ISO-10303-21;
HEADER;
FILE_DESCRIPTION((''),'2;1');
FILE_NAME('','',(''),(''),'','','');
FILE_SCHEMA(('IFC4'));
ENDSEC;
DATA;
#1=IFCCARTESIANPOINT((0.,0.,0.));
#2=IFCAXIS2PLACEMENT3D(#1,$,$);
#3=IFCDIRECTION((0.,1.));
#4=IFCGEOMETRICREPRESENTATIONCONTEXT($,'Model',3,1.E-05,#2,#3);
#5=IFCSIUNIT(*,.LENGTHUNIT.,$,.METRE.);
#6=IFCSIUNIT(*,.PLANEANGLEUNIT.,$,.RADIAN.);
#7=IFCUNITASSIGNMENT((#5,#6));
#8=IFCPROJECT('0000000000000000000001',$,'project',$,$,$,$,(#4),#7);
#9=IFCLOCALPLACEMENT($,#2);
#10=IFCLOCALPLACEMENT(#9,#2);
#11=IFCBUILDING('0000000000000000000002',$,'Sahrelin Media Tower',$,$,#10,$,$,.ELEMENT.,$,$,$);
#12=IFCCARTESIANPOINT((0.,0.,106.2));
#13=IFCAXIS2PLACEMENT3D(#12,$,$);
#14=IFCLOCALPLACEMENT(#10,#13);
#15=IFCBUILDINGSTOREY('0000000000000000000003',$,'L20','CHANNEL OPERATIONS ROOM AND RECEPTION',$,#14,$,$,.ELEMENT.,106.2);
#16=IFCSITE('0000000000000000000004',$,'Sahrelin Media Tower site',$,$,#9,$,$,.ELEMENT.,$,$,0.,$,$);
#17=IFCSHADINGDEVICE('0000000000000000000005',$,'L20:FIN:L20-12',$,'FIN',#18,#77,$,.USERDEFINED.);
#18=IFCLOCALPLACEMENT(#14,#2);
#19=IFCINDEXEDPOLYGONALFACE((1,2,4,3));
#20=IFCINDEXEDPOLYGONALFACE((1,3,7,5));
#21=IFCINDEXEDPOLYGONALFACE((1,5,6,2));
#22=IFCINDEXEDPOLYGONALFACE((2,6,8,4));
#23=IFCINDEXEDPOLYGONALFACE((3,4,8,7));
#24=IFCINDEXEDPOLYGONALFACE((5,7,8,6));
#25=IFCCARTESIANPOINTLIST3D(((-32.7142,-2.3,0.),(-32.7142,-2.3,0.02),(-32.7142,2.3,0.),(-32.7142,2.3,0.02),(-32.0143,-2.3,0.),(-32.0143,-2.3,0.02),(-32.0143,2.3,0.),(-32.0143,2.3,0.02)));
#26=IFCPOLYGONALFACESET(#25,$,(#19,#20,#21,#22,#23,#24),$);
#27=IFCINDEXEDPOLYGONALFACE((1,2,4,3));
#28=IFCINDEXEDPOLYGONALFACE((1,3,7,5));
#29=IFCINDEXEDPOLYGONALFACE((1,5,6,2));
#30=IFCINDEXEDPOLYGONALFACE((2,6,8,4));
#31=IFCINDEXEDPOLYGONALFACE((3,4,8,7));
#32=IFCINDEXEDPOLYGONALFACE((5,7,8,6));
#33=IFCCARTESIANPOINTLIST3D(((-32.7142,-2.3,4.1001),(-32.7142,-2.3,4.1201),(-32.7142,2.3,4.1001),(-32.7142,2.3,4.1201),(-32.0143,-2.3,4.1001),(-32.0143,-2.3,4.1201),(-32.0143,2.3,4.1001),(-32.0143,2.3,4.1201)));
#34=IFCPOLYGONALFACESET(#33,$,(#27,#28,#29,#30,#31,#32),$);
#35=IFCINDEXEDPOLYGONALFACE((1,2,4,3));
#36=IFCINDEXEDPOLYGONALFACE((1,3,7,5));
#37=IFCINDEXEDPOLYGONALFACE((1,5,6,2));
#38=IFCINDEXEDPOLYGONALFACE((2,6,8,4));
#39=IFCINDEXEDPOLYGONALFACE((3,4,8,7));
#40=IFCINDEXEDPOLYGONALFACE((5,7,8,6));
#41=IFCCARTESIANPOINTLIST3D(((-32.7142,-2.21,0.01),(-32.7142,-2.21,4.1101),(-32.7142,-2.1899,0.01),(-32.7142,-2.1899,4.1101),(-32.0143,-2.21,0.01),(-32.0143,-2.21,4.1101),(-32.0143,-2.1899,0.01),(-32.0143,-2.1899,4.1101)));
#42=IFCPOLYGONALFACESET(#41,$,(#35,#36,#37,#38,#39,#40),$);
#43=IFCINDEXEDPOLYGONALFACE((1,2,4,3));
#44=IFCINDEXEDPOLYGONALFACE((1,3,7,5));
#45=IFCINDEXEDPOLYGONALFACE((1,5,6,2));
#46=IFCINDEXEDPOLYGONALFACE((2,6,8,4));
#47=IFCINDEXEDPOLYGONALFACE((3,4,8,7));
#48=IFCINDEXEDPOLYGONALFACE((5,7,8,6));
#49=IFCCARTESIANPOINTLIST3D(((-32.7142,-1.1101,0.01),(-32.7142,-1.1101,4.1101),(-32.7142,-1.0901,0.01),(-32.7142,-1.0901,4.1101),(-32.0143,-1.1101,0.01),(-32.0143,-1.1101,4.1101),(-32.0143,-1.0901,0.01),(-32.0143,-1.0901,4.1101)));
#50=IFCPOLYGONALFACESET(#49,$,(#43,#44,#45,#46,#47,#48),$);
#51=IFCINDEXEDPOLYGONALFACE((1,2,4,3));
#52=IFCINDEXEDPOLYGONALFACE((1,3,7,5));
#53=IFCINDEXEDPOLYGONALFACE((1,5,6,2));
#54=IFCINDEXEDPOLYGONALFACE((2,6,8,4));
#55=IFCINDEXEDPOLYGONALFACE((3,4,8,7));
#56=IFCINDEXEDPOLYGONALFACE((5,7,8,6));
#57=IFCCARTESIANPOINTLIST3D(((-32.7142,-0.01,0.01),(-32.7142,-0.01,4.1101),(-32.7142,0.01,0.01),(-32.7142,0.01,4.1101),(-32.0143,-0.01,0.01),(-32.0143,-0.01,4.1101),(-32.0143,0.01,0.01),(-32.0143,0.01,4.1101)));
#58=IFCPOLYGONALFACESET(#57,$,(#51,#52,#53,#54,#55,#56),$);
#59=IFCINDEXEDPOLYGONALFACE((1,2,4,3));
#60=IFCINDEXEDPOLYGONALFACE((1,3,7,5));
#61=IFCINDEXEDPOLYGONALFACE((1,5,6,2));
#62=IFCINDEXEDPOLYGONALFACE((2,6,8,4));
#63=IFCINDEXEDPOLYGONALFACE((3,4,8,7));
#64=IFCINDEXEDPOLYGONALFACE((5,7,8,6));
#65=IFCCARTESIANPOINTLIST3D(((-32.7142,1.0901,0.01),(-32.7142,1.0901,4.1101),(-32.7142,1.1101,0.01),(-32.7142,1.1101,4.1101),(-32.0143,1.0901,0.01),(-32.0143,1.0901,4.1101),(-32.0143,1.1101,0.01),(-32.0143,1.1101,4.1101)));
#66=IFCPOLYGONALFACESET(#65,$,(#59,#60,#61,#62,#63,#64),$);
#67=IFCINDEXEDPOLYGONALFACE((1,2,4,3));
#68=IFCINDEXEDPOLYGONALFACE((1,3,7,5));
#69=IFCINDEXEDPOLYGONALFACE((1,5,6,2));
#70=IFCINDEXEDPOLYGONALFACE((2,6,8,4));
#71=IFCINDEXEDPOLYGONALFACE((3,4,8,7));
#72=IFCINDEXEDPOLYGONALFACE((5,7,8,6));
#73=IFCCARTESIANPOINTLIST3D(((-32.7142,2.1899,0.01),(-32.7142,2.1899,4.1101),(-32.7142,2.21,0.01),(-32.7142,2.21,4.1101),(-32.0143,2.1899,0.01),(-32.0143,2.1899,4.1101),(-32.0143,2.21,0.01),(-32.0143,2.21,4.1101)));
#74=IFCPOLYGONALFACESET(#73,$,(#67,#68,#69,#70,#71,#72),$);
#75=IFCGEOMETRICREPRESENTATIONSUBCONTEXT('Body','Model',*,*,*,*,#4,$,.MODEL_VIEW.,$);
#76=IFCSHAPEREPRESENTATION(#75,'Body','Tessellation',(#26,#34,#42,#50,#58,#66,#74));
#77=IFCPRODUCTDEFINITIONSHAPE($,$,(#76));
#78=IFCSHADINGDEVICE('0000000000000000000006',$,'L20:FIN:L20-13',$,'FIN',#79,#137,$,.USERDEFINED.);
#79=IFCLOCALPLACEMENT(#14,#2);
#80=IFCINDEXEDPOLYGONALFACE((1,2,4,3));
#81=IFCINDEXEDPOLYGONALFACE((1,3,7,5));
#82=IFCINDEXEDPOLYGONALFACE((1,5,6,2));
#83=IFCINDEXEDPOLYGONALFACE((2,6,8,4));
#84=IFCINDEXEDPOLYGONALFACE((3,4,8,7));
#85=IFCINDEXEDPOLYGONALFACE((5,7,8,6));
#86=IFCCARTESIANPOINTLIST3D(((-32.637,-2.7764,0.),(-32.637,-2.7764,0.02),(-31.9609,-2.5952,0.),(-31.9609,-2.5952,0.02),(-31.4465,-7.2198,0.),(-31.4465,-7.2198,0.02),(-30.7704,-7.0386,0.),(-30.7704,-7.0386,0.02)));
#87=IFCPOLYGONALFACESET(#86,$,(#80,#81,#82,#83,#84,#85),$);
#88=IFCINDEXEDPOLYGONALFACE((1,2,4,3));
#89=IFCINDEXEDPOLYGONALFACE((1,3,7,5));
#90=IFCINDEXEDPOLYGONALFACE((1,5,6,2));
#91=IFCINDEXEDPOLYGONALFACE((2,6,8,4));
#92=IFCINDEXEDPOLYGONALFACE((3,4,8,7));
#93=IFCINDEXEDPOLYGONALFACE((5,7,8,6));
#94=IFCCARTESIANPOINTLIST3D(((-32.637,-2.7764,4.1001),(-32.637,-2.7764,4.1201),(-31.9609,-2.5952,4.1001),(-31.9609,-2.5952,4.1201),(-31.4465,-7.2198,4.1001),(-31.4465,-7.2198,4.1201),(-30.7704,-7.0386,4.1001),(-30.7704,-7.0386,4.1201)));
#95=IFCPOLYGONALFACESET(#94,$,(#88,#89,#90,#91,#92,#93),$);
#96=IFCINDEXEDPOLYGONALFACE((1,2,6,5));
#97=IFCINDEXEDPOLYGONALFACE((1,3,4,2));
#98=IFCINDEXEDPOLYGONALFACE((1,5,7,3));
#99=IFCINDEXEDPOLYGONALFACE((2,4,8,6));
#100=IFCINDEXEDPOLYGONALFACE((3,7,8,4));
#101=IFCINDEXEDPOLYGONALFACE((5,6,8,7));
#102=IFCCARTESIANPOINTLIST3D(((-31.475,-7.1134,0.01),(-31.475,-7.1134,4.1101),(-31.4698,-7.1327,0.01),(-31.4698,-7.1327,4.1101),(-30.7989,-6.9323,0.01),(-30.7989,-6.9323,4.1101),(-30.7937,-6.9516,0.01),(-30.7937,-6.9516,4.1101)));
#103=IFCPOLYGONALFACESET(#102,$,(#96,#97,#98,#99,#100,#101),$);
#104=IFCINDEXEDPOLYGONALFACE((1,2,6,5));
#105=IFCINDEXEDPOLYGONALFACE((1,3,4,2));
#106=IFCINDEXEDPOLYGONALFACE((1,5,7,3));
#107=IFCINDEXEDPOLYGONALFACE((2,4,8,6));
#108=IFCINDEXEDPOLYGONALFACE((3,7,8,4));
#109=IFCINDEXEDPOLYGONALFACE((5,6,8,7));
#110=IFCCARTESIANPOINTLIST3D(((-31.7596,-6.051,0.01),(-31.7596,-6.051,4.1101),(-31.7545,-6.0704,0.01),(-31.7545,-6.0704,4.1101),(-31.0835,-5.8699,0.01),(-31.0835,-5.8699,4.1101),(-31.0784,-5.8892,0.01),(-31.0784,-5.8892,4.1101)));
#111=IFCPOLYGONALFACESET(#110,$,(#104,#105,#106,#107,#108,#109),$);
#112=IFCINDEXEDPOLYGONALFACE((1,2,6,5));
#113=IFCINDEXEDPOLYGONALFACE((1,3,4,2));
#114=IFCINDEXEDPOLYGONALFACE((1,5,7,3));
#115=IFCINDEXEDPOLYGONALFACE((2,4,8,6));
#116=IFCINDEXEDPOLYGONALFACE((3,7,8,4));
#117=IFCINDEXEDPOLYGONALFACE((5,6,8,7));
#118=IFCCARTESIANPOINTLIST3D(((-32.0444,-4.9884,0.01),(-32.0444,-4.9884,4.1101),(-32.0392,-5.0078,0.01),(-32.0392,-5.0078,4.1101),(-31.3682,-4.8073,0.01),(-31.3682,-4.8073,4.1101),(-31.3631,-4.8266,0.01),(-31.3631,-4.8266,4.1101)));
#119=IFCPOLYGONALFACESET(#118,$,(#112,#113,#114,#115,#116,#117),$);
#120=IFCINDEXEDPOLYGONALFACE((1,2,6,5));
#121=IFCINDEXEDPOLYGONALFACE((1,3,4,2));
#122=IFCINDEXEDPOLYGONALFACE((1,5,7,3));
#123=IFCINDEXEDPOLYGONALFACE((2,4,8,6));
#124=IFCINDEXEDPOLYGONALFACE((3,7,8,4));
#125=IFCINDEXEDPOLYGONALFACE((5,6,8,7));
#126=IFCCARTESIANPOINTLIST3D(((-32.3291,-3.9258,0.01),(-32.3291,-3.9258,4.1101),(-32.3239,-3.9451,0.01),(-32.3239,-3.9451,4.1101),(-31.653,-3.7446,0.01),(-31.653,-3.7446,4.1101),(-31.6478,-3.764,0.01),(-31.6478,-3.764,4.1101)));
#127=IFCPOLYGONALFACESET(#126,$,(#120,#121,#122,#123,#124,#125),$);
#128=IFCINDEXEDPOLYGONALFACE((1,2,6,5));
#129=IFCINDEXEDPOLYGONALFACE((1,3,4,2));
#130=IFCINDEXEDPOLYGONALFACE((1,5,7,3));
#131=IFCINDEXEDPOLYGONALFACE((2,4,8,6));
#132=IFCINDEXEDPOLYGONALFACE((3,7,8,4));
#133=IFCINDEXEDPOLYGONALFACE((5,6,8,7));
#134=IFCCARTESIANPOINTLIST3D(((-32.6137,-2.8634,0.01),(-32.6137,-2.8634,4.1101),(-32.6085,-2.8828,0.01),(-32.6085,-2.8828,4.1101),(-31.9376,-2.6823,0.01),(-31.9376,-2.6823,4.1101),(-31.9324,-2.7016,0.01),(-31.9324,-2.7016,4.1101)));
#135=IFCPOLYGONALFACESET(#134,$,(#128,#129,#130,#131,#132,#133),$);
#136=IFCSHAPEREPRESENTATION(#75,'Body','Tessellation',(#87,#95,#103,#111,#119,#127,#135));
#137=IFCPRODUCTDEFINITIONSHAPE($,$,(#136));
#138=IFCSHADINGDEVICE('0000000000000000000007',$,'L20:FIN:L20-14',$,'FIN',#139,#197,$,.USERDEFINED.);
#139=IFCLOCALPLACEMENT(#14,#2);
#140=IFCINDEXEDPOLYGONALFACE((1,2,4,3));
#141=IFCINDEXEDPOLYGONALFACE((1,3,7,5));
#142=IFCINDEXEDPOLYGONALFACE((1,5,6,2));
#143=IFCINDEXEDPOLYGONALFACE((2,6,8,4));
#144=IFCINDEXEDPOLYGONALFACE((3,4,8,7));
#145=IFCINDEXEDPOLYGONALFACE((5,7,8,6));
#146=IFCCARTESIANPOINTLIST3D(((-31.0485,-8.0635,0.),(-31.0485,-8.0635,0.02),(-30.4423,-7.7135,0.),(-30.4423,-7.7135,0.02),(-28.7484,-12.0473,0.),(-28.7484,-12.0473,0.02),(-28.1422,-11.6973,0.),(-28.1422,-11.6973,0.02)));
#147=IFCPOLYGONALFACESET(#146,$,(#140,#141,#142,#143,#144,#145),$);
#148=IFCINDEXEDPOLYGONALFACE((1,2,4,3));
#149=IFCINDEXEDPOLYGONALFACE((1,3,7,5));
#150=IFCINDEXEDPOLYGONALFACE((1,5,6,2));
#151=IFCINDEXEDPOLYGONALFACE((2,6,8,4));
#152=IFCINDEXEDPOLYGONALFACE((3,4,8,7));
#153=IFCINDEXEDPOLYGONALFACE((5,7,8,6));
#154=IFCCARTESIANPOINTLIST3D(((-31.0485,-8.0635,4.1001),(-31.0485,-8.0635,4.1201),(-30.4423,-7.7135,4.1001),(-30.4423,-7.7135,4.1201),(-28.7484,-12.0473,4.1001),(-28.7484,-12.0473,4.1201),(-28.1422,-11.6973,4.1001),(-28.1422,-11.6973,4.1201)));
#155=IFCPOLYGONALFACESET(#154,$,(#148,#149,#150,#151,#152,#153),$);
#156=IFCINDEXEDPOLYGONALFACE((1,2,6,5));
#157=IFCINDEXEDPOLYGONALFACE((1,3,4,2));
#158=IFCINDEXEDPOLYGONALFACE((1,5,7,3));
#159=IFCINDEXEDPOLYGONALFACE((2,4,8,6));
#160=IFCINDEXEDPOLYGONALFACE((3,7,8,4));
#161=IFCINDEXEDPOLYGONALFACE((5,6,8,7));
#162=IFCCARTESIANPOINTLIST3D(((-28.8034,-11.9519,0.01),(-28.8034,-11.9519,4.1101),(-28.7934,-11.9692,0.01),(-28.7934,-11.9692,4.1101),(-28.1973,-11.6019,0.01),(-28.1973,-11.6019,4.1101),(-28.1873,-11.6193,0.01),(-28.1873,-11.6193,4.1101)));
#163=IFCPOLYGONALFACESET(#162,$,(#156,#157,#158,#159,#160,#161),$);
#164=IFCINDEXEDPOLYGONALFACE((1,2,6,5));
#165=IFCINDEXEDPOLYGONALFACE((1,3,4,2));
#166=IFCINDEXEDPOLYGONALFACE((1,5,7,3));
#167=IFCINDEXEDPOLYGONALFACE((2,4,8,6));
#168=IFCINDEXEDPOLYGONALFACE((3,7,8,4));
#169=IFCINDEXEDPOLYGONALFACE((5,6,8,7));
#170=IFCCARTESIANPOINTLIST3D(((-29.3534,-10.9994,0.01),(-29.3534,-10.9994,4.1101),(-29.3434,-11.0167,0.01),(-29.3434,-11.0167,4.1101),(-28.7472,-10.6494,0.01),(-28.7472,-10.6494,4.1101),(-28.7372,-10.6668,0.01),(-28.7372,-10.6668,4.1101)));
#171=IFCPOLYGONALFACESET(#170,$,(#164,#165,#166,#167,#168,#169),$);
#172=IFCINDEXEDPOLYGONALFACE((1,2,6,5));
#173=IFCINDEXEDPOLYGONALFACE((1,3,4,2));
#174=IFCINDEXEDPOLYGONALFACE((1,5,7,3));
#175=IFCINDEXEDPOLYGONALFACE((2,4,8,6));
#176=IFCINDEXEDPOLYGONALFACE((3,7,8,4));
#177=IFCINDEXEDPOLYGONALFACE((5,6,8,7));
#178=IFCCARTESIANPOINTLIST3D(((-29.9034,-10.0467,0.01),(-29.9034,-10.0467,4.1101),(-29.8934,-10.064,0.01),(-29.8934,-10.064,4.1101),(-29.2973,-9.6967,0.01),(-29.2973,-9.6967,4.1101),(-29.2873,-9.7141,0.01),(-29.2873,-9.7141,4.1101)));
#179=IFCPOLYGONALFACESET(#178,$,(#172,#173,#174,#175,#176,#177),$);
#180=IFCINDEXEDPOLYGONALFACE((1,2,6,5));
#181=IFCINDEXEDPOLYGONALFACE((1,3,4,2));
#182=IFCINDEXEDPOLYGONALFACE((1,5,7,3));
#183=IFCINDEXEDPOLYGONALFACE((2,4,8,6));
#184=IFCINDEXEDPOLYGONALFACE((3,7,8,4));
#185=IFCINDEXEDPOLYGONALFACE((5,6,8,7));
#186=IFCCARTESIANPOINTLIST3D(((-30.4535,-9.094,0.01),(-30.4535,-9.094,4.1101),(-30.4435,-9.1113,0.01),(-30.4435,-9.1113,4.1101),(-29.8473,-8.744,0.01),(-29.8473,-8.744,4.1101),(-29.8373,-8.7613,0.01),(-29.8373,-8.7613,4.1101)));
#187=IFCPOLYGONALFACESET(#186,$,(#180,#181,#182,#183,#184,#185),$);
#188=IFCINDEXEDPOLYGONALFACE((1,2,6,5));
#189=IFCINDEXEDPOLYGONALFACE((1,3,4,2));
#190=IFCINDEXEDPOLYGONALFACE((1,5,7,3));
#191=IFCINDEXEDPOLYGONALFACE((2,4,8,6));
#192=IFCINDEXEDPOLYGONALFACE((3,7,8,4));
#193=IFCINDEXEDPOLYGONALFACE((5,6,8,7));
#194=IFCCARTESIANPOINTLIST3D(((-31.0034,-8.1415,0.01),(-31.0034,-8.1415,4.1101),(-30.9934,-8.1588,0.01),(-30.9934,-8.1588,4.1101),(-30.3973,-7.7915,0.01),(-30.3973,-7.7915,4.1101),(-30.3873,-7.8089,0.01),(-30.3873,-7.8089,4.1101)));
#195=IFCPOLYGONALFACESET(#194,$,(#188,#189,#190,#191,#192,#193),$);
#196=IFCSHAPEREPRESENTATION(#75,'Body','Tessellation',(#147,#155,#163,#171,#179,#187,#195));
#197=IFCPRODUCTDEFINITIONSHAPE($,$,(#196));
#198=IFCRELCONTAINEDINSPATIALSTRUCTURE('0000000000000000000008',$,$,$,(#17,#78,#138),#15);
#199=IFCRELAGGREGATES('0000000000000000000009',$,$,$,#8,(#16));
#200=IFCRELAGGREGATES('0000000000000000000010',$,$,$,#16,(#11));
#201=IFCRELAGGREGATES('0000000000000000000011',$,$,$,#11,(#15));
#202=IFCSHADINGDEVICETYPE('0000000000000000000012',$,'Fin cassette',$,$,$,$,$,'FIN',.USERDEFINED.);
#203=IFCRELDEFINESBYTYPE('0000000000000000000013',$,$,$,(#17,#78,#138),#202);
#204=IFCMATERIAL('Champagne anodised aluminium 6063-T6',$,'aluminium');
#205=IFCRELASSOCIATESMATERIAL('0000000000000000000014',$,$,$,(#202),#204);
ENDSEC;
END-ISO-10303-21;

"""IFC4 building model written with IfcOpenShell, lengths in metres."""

from ifc_helpers import new_model, si_unit, direction, frame, origin, origin_2d, place, context, subcontext, project, spatial, rectangle, extrude, material, type_object, element, save


model = new_model("IFC4")

# Units and contexts
model_context = context("Model", 3, precision=1e-05, world=origin(), true_north=direction((0.0, 1.0)))
body_context = subcontext(model_context, "Body", "Model", "MODEL_VIEW")
ifc_project = project(units=[si_unit("LENGTHUNIT", "METRE"), si_unit("PLANEANGLEUNIT", "RADIAN")], contexts=[model_context])

# Site, building, storey
site_placement = place(None, origin())
site = spatial("IfcSite", under=ifc_project, at=site_placement, Name="Sahrelin Media Tower site", CompositionType="ELEMENT", RefElevation=0.0)
building_placement = place(site_placement, origin())
building = spatial("IfcBuilding", under=site, at=building_placement, Name="Sahrelin Media Tower", CompositionType="ELEMENT")
storey_placement = place(building_placement, frame((0.0, 0.0, 106.2)))
storey = spatial("IfcBuildingStorey", under=building, at=storey_placement, Name="L20", Description="CHANNEL OPERATIONS ROOM AND RECEPTION", CompositionType="ELEMENT", Elevation=106.2)

# Shared definitions
ifc_material_1 = material(Name="Champagne anodised aluminium 6063-T6", Category="aluminium")

# Shading devices
shading_device_type_1 = type_object("IfcShadingDeviceType", Name="Fin cassette", ElementType="FIN", PredefinedType="USERDEFINED", material=ifc_material_1)
placement_1 = place(storey_placement, frame((-31.9443, 0.0, 0.0), z_axis=(0.0, 0.0, 1.0), x_axis=(0.0, 1.0, 0.0)))
element("IfcShadingDevice", 1, at=placement_1, inside=storey, type_object=shading_device_type_1, Name="L20:FIN:L20-12", ObjectType="FIN", PredefinedType="USERDEFINED", context=body_context, shape_type="SweptSolid", body=[
    extrude(rectangle(XDim=4.6001, YDim=0.7, at=origin_2d()), frame((0.0, 0.4199, 0.0)), (0.0, 0.0, 1.0), 0.02),
    extrude(rectangle(XDim=4.6001, YDim=0.7, at=origin_2d()), frame((0.0, 0.4199, 4.1001)), (0.0, 0.0, 1.0), 0.02),
    extrude(rectangle(XDim=0.02, YDim=0.7, at=origin_2d()), frame((-2.2, 0.4199, 0.01), z_axis=(0.0, 0.0, 1.0), x_axis=(1.0, 0.0, 0.0)), (0.0, 0.0, 1.0), 4.1001),
    extrude(rectangle(XDim=0.02, YDim=0.7, at=origin_2d()), frame((-1.1001, 0.4199, 0.01), z_axis=(0.0, 0.0, 1.0), x_axis=(1.0, 0.0, 0.0)), (0.0, 0.0, 1.0), 4.1001),
    extrude(rectangle(XDim=0.02, YDim=0.7, at=origin_2d()), frame((0.0, 0.4199, 0.01), z_axis=(0.0, 0.0, 1.0), x_axis=(1.0, 0.0, 0.0)), (0.0, 0.0, 1.0), 4.1001),
    extrude(rectangle(XDim=0.02, YDim=0.7, at=origin_2d()), frame((1.1001, 0.4199, 0.01), z_axis=(0.0, 0.0, 1.0), x_axis=(1.0, 0.0, 0.0)), (0.0, 0.0, 1.0), 4.1001),
    extrude(rectangle(XDim=0.02, YDim=0.7, at=origin_2d()), frame((2.2, 0.4199, 0.01), z_axis=(0.0, 0.0, 1.0), x_axis=(1.0, 0.0, 0.0)), (0.0, 0.0, 1.0), 4.1001),
])
placement_2 = place(storey_placement, frame((-31.2981, -4.7988, 0.0), z_axis=(0.0, 0.0, 1.0), x_axis=(-0.258808, 0.965929, 0.0)))
element("IfcShadingDevice", 2, at=placement_2, inside=storey, type_object=shading_device_type_1, Name="L20:FIN:L20-13", ObjectType="FIN", PredefinedType="USERDEFINED", context=body_context, shape_type="SweptSolid", body=[
    extrude(rectangle(XDim=4.6001, YDim=0.7, at=origin_2d()), frame((0.0, 0.4199, 0.0)), (0.0, 0.0, 1.0), 0.02),
    extrude(rectangle(XDim=4.6001, YDim=0.7, at=origin_2d()), frame((0.0, 0.4199, 4.1001)), (0.0, 0.0, 1.0), 0.02),
    extrude(rectangle(XDim=0.02, YDim=0.7, at=origin_2d()), frame((-2.2, 0.4199, 0.01), z_axis=(0.0, 0.0, 1.0), x_axis=(1.0, 0.0, 0.0)), (0.0, 0.0, 1.0), 4.1001),
    extrude(rectangle(XDim=0.02, YDim=0.7, at=origin_2d()), frame((-1.1001, 0.4199, 0.01), z_axis=(0.0, 0.0, 1.0), x_axis=(1.0, 0.0, 0.0)), (0.0, 0.0, 1.0), 4.1001),
    extrude(rectangle(XDim=0.02, YDim=0.7, at=origin_2d()), frame((0.0, 0.4199, 0.01), z_axis=(0.0, 0.0, 1.0), x_axis=(1.0, 0.0, 0.0)), (0.0, 0.0, 1.0), 4.1001),
    extrude(rectangle(XDim=0.02, YDim=0.7, at=origin_2d()), frame((1.1001, 0.4199, 0.01), z_axis=(0.0, 0.0, 1.0), x_axis=(1.0, 0.0, 0.0)), (0.0, 0.0, 1.0), 4.1001),
    extrude(rectangle(XDim=0.02, YDim=0.7, at=origin_2d()), frame((2.2, 0.4199, 0.01), z_axis=(0.0, 0.0, 1.0), x_axis=(1.0, 0.0, 0.0)), (0.0, 0.0, 1.0), 4.1001),
])
placement_3 = place(storey_placement, frame((-29.2317, -9.6704, 0.0), z_axis=(0.0, 0.0, 1.0), x_axis=(-0.500011, 0.866019, 0.0)))
element("IfcShadingDevice", 3, at=placement_3, inside=storey, type_object=shading_device_type_1, Name="L20:FIN:L20-14", ObjectType="FIN", PredefinedType="USERDEFINED", context=body_context, shape_type="SweptSolid", body=[
    extrude(rectangle(XDim=4.6001, YDim=0.7, at=origin_2d()), frame((0.0, 0.4199, 0.0)), (0.0, 0.0, 1.0), 0.02),
    extrude(rectangle(XDim=4.6001, YDim=0.7, at=origin_2d()), frame((0.0, 0.4199, 4.1001)), (0.0, 0.0, 1.0), 0.02),
    extrude(rectangle(XDim=0.02, YDim=0.7, at=origin_2d()), frame((-2.2, 0.4199, 0.01), z_axis=(0.0, 0.0, 1.0), x_axis=(1.0, 0.0, 0.0)), (0.0, 0.0, 1.0), 4.1001),
    extrude(rectangle(XDim=0.02, YDim=0.7, at=origin_2d()), frame((-1.1001, 0.4199, 0.01), z_axis=(0.0, 0.0, 1.0), x_axis=(1.0, 0.0, 0.0)), (0.0, 0.0, 1.0), 4.1001),
    extrude(rectangle(XDim=0.02, YDim=0.7, at=origin_2d()), frame((0.0, 0.4199, 0.01), z_axis=(0.0, 0.0, 1.0), x_axis=(1.0, 0.0, 0.0)), (0.0, 0.0, 1.0), 4.1001),
    extrude(rectangle(XDim=0.02, YDim=0.7, at=origin_2d()), frame((1.1001, 0.4199, 0.01), z_axis=(0.0, 0.0, 1.0), x_axis=(1.0, 0.0, 0.0)), (0.0, 0.0, 1.0), 4.1001),
    extrude(rectangle(XDim=0.02, YDim=0.7, at=origin_2d()), frame((2.2, 0.4199, 0.01), z_axis=(0.0, 0.0, 1.0), x_axis=(1.0, 0.0, 0.0)), (0.0, 0.0, 1.0), 4.1001),
])

save(model, "model.ifc")
